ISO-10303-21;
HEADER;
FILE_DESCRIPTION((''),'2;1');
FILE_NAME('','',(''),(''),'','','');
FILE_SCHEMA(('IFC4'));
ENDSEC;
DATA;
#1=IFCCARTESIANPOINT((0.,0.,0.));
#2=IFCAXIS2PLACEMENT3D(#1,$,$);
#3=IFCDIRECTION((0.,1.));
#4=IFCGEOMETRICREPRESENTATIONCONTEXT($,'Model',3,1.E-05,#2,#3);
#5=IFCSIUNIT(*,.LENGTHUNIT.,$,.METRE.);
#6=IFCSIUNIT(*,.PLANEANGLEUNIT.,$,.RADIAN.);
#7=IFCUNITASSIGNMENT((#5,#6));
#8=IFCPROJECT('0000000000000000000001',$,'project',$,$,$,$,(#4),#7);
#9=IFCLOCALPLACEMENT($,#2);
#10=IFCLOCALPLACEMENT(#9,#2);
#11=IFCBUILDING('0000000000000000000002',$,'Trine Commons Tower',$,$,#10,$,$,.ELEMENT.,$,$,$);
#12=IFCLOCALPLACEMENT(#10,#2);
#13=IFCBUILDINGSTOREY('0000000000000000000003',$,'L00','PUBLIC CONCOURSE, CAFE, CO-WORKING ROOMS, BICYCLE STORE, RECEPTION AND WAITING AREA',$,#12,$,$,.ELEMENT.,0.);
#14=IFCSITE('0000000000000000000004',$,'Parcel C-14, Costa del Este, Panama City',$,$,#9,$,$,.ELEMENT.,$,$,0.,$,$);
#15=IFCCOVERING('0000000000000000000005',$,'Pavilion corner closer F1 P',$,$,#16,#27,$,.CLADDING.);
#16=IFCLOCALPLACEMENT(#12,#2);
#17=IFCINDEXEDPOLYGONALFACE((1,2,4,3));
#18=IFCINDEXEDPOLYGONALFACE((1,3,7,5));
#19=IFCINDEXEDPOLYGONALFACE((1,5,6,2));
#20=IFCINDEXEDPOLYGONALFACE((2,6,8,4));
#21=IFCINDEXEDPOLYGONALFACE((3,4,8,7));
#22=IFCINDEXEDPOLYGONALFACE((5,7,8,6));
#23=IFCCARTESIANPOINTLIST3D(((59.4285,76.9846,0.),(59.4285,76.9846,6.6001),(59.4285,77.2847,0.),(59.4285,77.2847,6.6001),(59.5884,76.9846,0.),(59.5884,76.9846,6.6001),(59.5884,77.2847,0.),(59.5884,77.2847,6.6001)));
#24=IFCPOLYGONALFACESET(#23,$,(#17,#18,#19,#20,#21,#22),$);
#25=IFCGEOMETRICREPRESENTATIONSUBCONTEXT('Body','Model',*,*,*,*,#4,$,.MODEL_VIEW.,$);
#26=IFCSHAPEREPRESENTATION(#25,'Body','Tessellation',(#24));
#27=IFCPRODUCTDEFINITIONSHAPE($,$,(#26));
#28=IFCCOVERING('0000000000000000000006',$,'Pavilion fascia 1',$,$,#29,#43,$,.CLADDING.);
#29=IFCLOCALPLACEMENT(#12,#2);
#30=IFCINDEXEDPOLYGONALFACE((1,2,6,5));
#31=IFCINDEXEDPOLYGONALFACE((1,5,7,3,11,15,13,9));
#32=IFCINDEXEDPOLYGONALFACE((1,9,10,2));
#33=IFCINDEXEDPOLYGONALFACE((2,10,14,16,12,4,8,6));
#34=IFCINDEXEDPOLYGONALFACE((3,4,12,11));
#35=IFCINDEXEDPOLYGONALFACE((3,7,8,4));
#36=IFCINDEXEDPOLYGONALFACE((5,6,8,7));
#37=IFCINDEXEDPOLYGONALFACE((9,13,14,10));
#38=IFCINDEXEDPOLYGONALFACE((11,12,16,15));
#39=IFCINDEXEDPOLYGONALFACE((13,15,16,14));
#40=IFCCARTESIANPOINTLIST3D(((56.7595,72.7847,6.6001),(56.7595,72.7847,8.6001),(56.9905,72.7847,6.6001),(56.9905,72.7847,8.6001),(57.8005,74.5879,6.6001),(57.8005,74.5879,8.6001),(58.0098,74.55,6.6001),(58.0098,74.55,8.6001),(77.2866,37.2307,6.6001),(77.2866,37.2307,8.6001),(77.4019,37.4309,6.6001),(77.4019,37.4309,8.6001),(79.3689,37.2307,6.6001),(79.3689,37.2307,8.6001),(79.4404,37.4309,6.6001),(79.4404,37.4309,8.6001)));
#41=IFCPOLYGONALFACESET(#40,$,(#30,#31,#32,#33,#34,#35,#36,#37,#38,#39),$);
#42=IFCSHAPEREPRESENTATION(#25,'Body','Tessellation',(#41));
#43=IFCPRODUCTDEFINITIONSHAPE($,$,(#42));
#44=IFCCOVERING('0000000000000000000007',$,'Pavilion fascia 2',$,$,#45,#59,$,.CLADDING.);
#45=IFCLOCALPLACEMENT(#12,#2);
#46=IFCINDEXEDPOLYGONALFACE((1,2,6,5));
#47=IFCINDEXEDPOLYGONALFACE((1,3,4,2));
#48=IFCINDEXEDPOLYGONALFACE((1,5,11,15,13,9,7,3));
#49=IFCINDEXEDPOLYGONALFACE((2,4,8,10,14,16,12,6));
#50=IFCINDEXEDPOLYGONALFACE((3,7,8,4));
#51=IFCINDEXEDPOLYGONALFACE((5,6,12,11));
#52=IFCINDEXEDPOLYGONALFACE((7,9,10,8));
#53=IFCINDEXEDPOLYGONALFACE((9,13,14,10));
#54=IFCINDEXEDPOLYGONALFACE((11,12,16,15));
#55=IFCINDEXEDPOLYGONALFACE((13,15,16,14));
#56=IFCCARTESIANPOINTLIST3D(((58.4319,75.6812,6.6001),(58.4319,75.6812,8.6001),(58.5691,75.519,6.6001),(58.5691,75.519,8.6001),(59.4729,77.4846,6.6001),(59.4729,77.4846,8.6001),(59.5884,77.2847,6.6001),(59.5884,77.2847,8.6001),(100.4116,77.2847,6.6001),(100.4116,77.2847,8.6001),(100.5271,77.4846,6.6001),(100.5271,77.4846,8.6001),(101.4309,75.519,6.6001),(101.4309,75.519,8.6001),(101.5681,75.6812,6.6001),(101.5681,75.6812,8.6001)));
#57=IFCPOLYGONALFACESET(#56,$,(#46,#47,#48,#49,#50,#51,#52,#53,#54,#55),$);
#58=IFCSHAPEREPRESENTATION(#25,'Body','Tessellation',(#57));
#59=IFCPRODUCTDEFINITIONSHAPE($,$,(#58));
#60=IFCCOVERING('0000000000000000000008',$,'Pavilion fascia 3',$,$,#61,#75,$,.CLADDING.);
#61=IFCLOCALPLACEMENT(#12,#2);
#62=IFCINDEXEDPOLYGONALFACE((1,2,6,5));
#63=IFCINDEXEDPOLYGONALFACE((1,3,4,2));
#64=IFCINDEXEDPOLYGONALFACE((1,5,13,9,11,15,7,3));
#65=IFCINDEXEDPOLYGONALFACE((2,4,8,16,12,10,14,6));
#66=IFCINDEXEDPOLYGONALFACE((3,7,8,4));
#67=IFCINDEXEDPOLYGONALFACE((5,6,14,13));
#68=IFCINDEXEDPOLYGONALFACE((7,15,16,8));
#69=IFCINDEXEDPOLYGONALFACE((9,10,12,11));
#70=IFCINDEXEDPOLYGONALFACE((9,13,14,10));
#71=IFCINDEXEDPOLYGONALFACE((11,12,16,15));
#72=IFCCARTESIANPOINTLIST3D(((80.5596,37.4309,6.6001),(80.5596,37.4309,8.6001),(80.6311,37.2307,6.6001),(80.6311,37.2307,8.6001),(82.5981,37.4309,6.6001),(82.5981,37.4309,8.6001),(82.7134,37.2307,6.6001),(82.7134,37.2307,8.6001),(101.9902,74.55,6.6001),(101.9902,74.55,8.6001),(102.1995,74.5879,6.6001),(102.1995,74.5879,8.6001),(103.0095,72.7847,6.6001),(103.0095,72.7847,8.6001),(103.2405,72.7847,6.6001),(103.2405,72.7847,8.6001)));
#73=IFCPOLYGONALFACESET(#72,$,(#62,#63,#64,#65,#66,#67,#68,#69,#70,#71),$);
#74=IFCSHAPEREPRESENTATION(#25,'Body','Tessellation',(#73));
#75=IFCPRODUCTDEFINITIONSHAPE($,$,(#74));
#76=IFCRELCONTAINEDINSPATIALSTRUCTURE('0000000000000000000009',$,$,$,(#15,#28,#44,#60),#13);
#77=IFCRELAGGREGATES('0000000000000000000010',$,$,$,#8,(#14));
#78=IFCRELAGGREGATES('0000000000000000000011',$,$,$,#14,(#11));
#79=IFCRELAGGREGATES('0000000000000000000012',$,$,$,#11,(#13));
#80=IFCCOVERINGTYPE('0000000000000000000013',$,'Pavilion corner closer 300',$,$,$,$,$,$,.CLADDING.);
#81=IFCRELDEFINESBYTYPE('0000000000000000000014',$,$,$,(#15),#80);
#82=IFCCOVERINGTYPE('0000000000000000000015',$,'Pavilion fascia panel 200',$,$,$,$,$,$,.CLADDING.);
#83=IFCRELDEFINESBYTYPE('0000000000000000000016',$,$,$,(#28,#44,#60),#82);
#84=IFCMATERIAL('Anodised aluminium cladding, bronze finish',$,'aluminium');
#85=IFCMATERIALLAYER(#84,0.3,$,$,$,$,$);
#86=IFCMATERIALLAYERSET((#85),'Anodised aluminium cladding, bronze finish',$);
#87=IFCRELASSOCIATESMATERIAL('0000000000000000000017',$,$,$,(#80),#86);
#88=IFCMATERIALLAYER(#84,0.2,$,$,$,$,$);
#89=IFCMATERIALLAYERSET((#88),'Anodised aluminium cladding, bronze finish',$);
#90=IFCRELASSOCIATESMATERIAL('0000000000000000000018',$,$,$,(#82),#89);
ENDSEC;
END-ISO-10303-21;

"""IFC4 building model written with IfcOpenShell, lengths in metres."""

from ifc_helpers import new_model, si_unit, direction, frame, origin, place, context, subcontext, project, spatial, polyline, outline, extrude, material, layer, layer_set, type_object, element, save


model = new_model("IFC4")

# Units and contexts
model_context = context("Model", 3, precision=1e-05, world=origin(), true_north=direction((0.0, 1.0)))
body_context = subcontext(model_context, "Body", "Model", "MODEL_VIEW")
ifc_project = project(units=[si_unit("LENGTHUNIT", "METRE"), si_unit("PLANEANGLEUNIT", "RADIAN")], contexts=[model_context])

# Site, building, storey
site_placement = place(None, origin())
site = spatial("IfcSite", under=ifc_project, at=site_placement, Name="Parcel C-14, Costa del Este, Panama City", CompositionType="ELEMENT", RefElevation=0.0)
building_placement = place(site_placement, origin())
building = spatial("IfcBuilding", under=site, at=building_placement, Name="Trine Commons Tower", CompositionType="ELEMENT")
storey_placement = place(building_placement, origin())
storey = spatial("IfcBuildingStorey", under=building, at=storey_placement, Name="L00", Description="PUBLIC CONCOURSE, CAFE, CO-WORKING ROOMS, BICYCLE STORE, RECEPTION AND WAITING AREA", CompositionType="ELEMENT", Elevation=0.0)

# Coverings
ifc_material_1 = material(Name="Anodised aluminium cladding, bronze finish", Category="aluminium")
ifc_layer_1 = layer(ifc_material_1, 0.3)
ifc_layer_set_1 = layer_set([ifc_layer_1], Name="Anodised aluminium cladding, bronze finish")
covering_type_1 = type_object("IfcCoveringType", Name="Pavilion corner closer 300", PredefinedType="CLADDING", material=ifc_layer_set_1)
covering_1_placement = place(storey_placement, origin())
element("IfcCovering", 1, at=covering_1_placement, inside=storey, type_object=covering_type_1, Name="Pavilion corner closer F1 P", PredefinedType="CLADDING", context=body_context, shape_type="SweptSolid", body=[
    extrude(outline(polyline([(59.5884, 77.2847), (59.4285, 77.2847), (59.4285, 76.9846), (59.5884, 76.9846), (59.5884, 77.2847)])), origin(), (0.0, 0.0, 1.0), 6.6001),
])
ifc_layer_2 = layer(ifc_material_1, 0.2)
ifc_layer_set_2 = layer_set([ifc_layer_2], Name="Anodised aluminium cladding, bronze finish")
covering_type_2 = type_object("IfcCoveringType", Name="Pavilion fascia panel 200", PredefinedType="CLADDING", material=ifc_layer_set_2)
covering_2_placement = place(storey_placement, frame((0.0, 0.0, 6.6001)))
element("IfcCovering", 2, at=covering_2_placement, inside=storey, type_object=covering_type_2, Name="Pavilion fascia 1", PredefinedType="CLADDING", context=body_context, shape_type="SweptSolid", body=[
    extrude(outline(polyline([(77.2866, 37.2307), (79.3689, 37.2307), (79.4404, 37.4309), (77.4019, 37.4309), (56.9905, 72.7847), (58.0098, 74.55), (57.8005, 74.5879), (56.7595, 72.7847), (77.2866, 37.2307)])), origin(), (0.0, 0.0, 1.0), 2.0),
])
covering_3_placement = place(storey_placement, frame((0.0, 0.0, 6.6001)))
element("IfcCovering", 3, at=covering_3_placement, inside=storey, type_object=covering_type_2, Name="Pavilion fascia 2", PredefinedType="CLADDING", context=body_context, shape_type="SweptSolid", body=[
    extrude(outline(polyline([(100.5271, 77.4846), (59.4729, 77.4846), (58.4319, 75.6812), (58.5691, 75.519), (59.5884, 77.2847), (100.4116, 77.2847), (101.4309, 75.519), (101.5681, 75.6812), (100.5271, 77.4846)])), origin(), (0.0, 0.0, 1.0), 2.0),
])
covering_4_placement = place(storey_placement, frame((0.0, 0.0, 6.6001)))
element("IfcCovering", 4, at=covering_4_placement, inside=storey, type_object=covering_type_2, Name="Pavilion fascia 3", PredefinedType="CLADDING", context=body_context, shape_type="SweptSolid", body=[
    extrude(outline(polyline([(103.2405, 72.7847), (102.1995, 74.5879), (101.9902, 74.55), (103.0095, 72.7847), (82.5981, 37.4309), (80.5596, 37.4309), (80.6311, 37.2307), (82.7134, 37.2307), (103.2405, 72.7847)])), origin(), (0.0, 0.0, 1.0), 2.0),
])

save(model, "model.ifc")
